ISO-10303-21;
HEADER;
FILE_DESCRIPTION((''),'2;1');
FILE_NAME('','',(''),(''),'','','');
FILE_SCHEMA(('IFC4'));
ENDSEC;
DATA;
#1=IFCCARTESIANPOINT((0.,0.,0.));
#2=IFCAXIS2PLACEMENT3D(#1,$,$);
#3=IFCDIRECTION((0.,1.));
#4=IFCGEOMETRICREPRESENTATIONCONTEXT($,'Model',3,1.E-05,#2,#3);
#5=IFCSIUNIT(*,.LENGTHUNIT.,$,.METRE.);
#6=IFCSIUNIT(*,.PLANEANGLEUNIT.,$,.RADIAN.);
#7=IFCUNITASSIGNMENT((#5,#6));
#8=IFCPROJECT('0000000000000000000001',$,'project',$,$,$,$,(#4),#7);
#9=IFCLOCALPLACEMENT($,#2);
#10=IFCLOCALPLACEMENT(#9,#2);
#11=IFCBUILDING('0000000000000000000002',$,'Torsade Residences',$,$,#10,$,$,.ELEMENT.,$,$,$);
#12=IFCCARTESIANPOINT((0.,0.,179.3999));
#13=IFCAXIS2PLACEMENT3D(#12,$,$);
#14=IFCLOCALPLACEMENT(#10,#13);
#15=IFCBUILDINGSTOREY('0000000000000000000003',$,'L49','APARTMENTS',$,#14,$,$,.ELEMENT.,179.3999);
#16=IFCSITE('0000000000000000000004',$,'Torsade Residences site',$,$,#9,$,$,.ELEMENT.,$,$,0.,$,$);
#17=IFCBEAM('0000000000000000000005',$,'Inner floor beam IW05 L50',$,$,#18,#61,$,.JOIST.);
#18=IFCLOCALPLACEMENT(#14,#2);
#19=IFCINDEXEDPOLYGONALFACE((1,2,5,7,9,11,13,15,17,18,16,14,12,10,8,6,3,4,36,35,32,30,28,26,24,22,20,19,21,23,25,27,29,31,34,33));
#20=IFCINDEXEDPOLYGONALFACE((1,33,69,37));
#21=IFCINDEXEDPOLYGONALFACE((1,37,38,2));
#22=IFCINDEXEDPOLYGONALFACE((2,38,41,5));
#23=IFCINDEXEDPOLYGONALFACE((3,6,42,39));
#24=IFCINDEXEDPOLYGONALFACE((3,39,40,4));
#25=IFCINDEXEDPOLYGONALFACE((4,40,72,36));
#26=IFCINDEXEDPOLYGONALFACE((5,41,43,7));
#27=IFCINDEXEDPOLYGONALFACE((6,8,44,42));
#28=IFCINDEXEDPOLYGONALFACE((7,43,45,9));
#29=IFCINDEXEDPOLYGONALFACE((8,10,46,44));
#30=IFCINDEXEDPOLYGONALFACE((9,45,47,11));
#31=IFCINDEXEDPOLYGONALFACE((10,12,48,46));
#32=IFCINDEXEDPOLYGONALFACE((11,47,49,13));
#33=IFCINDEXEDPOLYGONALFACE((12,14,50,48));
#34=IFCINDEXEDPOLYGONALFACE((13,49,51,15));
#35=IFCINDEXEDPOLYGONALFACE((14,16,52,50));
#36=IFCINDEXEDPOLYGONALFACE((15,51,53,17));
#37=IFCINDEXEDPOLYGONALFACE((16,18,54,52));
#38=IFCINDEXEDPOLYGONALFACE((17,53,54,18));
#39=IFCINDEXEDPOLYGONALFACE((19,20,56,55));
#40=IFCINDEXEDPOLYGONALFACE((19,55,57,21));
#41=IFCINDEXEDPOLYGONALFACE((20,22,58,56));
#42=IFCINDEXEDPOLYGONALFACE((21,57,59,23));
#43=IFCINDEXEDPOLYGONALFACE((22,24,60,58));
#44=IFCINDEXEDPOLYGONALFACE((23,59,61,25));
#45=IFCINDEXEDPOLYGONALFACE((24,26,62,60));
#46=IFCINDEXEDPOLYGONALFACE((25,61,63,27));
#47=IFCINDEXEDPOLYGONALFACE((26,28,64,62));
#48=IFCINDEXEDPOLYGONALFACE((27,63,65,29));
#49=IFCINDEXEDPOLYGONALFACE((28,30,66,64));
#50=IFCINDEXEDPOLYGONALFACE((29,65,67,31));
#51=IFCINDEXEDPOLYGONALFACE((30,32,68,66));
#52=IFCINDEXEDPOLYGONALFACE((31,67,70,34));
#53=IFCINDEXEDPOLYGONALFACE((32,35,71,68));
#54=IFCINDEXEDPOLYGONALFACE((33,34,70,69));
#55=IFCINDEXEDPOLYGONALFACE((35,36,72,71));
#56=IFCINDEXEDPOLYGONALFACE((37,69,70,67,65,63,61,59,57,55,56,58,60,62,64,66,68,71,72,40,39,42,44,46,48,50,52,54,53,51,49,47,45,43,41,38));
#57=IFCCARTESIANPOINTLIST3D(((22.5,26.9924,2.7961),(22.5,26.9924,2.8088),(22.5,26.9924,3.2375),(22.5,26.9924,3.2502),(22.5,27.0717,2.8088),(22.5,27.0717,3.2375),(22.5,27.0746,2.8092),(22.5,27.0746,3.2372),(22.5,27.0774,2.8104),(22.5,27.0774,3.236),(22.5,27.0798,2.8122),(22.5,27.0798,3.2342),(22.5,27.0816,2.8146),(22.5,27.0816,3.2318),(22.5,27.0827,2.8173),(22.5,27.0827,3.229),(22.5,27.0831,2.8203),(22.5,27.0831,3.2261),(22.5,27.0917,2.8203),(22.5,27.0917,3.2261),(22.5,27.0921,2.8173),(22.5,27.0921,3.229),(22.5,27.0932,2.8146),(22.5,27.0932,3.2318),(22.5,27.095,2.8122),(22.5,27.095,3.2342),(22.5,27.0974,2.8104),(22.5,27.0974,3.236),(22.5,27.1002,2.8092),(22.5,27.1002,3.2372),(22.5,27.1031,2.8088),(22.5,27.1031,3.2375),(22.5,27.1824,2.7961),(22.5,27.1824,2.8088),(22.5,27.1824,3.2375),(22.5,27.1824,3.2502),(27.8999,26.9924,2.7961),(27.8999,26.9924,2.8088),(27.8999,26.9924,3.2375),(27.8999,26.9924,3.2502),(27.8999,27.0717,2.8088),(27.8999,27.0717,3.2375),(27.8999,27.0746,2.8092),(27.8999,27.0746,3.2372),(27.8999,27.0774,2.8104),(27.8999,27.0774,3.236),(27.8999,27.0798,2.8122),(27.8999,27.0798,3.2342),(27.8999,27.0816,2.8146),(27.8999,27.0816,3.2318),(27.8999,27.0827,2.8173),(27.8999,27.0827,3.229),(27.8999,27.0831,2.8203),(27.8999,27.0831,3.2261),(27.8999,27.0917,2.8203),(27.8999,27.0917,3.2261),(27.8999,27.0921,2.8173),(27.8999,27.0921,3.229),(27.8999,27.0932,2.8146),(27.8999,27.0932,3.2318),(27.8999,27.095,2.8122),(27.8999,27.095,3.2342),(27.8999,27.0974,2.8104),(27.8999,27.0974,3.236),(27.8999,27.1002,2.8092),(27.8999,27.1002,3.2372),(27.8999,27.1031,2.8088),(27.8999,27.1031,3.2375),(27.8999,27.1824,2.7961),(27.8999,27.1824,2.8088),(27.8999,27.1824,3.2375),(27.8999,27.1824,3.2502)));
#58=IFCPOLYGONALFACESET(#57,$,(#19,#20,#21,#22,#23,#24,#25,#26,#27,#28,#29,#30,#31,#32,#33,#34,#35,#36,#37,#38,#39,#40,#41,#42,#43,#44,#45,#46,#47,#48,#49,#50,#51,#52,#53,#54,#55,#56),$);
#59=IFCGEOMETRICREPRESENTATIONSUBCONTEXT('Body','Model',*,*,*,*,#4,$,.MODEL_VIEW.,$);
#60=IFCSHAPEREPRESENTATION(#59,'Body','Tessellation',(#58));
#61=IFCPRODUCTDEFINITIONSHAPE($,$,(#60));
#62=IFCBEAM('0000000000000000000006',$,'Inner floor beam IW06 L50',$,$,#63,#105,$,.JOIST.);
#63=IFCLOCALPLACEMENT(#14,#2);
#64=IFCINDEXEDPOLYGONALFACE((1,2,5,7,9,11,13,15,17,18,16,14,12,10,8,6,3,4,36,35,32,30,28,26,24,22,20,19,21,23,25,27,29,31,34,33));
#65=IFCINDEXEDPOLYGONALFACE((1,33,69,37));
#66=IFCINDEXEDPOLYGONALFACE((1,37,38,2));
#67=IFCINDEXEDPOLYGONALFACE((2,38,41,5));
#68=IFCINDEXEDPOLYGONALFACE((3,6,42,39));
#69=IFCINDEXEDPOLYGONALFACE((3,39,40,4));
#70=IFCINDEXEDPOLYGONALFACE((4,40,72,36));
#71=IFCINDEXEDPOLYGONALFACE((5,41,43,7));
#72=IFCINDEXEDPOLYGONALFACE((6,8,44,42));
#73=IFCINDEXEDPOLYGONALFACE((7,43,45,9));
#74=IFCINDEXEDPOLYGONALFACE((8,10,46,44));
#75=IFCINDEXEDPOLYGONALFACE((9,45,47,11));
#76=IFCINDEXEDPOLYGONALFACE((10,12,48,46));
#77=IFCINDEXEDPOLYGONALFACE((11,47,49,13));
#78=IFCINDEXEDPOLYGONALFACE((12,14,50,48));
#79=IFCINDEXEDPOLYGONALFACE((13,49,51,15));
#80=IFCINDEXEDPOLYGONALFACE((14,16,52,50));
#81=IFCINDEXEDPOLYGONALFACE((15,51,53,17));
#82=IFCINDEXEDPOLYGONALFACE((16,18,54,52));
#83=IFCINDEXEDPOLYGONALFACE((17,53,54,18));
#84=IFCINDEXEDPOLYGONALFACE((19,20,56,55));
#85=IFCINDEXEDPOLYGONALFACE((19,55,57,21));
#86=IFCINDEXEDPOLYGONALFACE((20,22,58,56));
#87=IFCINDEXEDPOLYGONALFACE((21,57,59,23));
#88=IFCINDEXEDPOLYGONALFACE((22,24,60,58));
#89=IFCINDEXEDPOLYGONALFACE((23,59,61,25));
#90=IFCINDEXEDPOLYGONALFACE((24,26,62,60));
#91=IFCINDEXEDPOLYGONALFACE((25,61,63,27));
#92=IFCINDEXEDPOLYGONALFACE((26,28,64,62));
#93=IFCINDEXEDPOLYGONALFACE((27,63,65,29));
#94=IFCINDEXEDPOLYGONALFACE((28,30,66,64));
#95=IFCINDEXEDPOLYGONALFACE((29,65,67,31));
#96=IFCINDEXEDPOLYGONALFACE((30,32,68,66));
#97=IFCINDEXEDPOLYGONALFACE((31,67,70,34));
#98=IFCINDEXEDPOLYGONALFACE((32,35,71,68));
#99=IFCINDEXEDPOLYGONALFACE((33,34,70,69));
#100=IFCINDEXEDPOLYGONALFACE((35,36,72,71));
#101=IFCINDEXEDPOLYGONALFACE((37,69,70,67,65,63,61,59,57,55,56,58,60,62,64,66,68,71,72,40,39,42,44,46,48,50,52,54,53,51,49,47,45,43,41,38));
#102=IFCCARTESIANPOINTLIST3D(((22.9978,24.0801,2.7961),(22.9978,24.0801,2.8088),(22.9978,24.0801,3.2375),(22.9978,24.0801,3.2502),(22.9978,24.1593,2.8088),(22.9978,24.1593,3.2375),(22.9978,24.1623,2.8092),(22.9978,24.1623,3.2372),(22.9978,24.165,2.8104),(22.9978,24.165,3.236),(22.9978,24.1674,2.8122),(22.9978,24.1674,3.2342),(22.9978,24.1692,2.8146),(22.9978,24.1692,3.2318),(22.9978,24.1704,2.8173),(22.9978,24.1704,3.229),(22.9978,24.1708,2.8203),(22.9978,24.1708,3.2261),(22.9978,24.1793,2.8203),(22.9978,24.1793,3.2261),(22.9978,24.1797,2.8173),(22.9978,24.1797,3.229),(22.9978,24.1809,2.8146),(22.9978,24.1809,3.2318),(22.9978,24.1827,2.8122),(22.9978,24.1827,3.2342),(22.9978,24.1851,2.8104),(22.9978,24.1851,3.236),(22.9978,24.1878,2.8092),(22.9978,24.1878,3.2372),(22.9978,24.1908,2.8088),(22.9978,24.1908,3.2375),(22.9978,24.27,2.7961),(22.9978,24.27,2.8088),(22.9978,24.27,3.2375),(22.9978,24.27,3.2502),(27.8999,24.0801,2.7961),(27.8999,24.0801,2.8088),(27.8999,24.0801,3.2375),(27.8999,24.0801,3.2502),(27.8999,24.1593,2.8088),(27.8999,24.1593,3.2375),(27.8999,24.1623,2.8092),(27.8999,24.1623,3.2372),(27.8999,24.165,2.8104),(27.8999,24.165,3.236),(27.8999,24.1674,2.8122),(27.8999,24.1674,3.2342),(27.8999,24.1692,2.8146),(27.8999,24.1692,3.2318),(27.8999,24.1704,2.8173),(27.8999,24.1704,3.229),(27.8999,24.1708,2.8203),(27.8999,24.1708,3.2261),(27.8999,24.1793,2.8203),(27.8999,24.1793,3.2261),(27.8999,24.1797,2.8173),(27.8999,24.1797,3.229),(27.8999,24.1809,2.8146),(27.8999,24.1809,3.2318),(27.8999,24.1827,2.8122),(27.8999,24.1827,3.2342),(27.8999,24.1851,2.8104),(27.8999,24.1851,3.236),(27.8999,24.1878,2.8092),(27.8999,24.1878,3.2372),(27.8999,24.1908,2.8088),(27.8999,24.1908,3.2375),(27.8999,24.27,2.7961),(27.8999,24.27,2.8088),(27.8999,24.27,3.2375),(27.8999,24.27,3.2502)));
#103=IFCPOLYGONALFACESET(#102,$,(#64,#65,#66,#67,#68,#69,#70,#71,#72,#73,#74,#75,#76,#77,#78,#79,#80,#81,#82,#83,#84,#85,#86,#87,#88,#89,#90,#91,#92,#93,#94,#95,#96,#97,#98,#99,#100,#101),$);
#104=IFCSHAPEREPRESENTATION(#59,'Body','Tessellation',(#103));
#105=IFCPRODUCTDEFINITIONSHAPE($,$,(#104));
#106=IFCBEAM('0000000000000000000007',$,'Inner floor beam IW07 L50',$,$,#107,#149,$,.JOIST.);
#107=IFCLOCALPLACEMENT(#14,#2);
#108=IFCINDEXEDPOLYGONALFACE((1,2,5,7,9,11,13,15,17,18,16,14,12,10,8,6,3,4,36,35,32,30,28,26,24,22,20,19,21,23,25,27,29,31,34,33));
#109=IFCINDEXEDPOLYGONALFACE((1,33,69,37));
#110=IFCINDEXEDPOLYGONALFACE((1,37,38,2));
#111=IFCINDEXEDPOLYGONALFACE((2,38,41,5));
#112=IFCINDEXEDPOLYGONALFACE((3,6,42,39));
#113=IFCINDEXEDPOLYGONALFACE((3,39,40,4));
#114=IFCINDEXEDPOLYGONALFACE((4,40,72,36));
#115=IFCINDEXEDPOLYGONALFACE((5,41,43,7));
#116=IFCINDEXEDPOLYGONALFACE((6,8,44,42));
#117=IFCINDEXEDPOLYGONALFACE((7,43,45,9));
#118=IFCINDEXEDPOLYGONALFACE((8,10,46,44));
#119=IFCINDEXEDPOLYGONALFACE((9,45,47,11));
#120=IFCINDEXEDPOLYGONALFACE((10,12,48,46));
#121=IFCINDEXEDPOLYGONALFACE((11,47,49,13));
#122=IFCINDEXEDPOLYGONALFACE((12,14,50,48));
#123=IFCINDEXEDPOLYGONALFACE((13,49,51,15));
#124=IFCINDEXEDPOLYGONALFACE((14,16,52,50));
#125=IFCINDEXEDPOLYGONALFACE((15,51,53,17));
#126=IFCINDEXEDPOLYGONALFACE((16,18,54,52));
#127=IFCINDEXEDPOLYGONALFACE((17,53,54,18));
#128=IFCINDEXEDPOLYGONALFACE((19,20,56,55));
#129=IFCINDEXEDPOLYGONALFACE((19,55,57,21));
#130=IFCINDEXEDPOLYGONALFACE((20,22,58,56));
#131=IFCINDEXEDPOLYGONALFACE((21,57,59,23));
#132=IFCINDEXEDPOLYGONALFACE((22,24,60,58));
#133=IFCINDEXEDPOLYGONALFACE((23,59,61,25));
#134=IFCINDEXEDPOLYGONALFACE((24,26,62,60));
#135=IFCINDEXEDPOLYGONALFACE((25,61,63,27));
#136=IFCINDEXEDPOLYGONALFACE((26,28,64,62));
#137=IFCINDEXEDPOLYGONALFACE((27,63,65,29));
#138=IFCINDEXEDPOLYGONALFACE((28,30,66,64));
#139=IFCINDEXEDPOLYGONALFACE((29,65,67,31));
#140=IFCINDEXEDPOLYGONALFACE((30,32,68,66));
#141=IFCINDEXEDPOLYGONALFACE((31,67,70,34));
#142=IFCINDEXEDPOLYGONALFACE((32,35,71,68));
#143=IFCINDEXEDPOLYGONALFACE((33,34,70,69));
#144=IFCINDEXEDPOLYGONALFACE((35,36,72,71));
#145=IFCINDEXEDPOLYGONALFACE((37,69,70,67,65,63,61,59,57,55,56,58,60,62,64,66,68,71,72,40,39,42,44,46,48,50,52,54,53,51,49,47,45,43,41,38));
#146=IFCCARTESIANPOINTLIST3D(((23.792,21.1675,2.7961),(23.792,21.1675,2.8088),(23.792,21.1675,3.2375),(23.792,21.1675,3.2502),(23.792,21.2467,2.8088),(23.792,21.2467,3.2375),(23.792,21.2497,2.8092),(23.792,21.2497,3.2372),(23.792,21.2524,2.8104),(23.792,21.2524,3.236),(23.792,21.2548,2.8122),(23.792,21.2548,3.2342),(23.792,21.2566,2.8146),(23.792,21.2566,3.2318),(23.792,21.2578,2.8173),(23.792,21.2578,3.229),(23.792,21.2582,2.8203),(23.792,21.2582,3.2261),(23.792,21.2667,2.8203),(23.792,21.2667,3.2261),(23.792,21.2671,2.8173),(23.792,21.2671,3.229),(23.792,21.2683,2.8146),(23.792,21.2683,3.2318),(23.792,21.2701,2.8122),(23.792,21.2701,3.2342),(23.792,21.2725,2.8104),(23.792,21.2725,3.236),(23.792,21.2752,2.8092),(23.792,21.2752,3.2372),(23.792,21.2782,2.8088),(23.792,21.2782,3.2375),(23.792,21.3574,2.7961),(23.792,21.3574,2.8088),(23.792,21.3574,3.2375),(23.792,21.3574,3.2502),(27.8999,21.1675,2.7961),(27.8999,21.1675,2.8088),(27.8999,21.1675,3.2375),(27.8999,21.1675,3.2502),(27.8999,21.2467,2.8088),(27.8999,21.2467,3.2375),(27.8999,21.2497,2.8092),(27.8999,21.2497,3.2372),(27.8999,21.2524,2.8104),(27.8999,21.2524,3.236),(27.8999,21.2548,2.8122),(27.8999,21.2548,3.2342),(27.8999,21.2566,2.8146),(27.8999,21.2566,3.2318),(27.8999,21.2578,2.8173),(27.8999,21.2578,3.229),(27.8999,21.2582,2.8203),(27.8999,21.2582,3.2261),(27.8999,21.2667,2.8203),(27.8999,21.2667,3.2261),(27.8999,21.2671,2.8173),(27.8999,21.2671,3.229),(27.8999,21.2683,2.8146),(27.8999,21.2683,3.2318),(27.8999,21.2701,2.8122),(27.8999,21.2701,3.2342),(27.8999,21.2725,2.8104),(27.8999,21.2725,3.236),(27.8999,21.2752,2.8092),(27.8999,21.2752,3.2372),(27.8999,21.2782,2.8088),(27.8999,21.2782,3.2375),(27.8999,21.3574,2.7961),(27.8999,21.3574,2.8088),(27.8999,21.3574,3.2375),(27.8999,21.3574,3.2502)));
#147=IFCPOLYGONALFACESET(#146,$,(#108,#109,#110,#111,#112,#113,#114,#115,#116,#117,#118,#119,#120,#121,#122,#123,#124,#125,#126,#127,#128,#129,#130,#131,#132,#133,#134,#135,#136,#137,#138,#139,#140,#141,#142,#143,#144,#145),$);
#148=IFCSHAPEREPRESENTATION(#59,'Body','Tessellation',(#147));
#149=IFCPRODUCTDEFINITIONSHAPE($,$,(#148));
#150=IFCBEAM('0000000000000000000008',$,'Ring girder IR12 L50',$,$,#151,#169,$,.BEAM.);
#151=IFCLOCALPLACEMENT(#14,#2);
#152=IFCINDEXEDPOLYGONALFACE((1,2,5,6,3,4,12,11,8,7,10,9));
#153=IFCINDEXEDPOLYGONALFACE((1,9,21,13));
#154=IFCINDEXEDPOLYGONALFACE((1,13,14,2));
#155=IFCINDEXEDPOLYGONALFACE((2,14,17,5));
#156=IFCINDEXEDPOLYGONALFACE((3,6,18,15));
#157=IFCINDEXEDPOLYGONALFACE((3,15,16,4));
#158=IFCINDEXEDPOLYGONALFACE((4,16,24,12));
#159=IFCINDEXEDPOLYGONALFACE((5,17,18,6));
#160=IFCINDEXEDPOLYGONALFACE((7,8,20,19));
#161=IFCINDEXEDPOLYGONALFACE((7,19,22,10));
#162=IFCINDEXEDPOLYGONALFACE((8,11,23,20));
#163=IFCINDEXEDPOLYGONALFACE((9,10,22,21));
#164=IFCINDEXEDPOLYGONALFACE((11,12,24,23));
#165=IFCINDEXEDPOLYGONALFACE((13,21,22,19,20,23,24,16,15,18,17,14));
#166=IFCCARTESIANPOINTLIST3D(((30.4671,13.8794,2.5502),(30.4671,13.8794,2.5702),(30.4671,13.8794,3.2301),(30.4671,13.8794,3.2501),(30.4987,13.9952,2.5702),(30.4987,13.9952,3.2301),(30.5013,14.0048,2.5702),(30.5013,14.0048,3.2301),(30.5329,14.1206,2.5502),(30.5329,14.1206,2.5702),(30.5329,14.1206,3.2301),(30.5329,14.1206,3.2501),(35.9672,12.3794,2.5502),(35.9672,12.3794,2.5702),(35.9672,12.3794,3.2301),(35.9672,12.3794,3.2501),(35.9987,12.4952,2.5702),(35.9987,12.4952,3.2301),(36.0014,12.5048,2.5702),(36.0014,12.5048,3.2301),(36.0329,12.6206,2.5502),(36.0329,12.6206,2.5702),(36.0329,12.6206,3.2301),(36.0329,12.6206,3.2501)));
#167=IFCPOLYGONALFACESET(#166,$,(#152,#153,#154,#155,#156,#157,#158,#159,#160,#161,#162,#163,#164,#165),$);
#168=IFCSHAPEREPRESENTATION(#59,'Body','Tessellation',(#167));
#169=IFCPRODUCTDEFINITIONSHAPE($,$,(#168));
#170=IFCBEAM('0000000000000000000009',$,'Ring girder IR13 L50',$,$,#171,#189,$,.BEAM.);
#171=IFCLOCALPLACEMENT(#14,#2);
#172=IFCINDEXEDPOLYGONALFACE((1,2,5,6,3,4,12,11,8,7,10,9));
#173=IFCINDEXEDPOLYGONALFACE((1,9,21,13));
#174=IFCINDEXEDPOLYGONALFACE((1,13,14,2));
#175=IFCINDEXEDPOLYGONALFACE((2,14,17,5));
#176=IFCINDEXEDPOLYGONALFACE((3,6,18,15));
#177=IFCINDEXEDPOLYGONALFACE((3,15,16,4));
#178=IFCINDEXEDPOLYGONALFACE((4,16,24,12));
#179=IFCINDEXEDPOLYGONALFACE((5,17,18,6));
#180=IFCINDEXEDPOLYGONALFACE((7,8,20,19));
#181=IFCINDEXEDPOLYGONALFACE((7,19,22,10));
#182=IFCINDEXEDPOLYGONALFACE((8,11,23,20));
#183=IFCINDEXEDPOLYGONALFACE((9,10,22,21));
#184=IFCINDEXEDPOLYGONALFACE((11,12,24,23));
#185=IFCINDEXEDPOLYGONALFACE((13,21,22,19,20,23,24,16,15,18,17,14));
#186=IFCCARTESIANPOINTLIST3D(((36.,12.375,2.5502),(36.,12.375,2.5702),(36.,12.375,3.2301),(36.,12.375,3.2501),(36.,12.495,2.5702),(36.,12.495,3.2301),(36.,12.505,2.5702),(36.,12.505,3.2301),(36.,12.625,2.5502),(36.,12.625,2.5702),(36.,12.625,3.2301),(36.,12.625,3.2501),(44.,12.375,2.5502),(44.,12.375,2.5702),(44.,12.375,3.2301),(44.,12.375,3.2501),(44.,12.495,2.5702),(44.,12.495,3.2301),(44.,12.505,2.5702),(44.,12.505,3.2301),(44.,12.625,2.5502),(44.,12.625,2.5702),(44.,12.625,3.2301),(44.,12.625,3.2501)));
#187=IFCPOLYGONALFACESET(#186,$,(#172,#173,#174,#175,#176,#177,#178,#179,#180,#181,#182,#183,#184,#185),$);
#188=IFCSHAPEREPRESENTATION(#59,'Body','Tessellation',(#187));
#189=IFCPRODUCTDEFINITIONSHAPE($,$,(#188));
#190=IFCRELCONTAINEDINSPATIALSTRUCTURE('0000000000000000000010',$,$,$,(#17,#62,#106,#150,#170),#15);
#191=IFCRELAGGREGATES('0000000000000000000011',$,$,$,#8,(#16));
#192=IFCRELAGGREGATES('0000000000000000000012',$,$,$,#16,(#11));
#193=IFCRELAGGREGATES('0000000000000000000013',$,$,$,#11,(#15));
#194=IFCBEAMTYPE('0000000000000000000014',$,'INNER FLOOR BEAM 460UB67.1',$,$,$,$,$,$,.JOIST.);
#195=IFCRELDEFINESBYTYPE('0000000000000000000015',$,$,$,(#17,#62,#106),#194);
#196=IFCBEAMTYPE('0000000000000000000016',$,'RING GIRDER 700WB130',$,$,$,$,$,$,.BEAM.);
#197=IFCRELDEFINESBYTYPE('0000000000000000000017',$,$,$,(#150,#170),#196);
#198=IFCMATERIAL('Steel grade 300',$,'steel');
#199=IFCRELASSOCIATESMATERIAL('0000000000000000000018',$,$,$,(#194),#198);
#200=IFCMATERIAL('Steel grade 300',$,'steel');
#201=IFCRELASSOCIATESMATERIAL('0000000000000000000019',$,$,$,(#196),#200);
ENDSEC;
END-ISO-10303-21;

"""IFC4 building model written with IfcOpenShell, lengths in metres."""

from ifc_helpers import new_model, si_unit, direction, frame, origin, origin_2d, place, context, subcontext, project, spatial, i_section, extrude, material, material_profile, profile_set, type_object, element, save


model = new_model("IFC4")

# Units and contexts
model_context = context("Model", 3, precision=1e-05, world=origin(), true_north=direction((0.0, 1.0)))
body_context = subcontext(model_context, "Body", "Model", "MODEL_VIEW")
ifc_project = project(units=[si_unit("LENGTHUNIT", "METRE"), si_unit("PLANEANGLEUNIT", "RADIAN")], contexts=[model_context])

# Site, building, storey
site_placement = place(None, origin())
site = spatial("IfcSite", under=ifc_project, at=site_placement, Name="Torsade Residences site", CompositionType="ELEMENT", RefElevation=0.0)
building_placement = place(site_placement, origin())
building = spatial("IfcBuilding", under=site, at=building_placement, Name="Torsade Residences", CompositionType="ELEMENT")
storey_placement = place(building_placement, frame((0.0, 0.0, 179.3999)))
storey = spatial("IfcBuildingStorey", under=building, at=storey_placement, Name="L49", Description="APARTMENTS", CompositionType="ELEMENT", Elevation=179.3999)

# Beams
ifc_material_1 = material(Name="Steel grade 300", Category="steel")
ifc_material_profile_1 = material_profile(ifc_material_1, i_section(OverallWidth=0.1899, OverallDepth=0.4541, WebThickness=0.0085, FlangeThickness=0.0127, FilletRadius=0.0115, at=origin_2d()), Name="460UB67.1")
ifc_profile_set_1 = profile_set([ifc_material_profile_1], Name="Steel grade 300")
beam_type_1 = type_object("IfcBeamType", Name="INNER FLOOR BEAM 460UB67.1", PredefinedType="JOIST", material=ifc_profile_set_1)
beam_1_placement = place(storey_placement, frame((27.8999, 27.0874, 3.0232), z_axis=(-1.0, 0.0, 0.0), x_axis=(0.0, -1.0, 0.0)))
element("IfcBeam", 1, at=beam_1_placement, inside=storey, type_object=beam_type_1, Name="Inner floor beam IW05 L50", PredefinedType="JOIST", context=body_context, shape_type="SweptSolid", body=[
    extrude(i_section(OverallWidth=0.1899, OverallDepth=0.4541, WebThickness=0.0085, FlangeThickness=0.0127, FilletRadius=0.0115, at=origin_2d()), origin(), (0.0, 0.0, 1.0), 5.3999),
])
beam_2_placement = place(storey_placement, frame((27.8999, 24.175, 3.0232), z_axis=(-1.0, 0.0, 0.0), x_axis=(0.0, -1.0, 0.0)))
element("IfcBeam", 2, at=beam_2_placement, inside=storey, type_object=beam_type_1, Name="Inner floor beam IW06 L50", PredefinedType="JOIST", context=body_context, shape_type="SweptSolid", body=[
    extrude(i_section(OverallWidth=0.1899, OverallDepth=0.4541, WebThickness=0.0085, FlangeThickness=0.0127, FilletRadius=0.0115, at=origin_2d()), origin(), (0.0, 0.0, 1.0), 4.9021),
])
beam_3_placement = place(storey_placement, frame((27.8999, 21.2625, 3.0232), z_axis=(-1.0, 0.0, 0.0), x_axis=(0.0, -1.0, 0.0)))
element("IfcBeam", 3, at=beam_3_placement, inside=storey, type_object=beam_type_1, Name="Inner floor beam IW07 L50", PredefinedType="JOIST", context=body_context, shape_type="SweptSolid", body=[
    extrude(i_section(OverallWidth=0.1899, OverallDepth=0.4541, WebThickness=0.0085, FlangeThickness=0.0127, FilletRadius=0.0115, at=origin_2d()), origin(), (0.0, 0.0, 1.0), 4.1079),
])
ifc_material_2 = material(Name="Steel grade 300", Category="steel")
ifc_material_profile_2 = material_profile(ifc_material_2, i_section(OverallWidth=0.25, OverallDepth=0.7, WebThickness=0.01, FlangeThickness=0.02, at=origin_2d()), Name="700WB130")
ifc_profile_set_2 = profile_set([ifc_material_profile_2], Name="Steel grade 300")
beam_type_2 = type_object("IfcBeamType", Name="RING GIRDER 700WB130", PredefinedType="BEAM", material=ifc_profile_set_2)
beam_4_placement = place(storey_placement, frame((30.5, 14.0, 2.9001), z_axis=(0.964764, -0.263117, 0.0), x_axis=(0.263117, 0.964764, 0.0)))
element("IfcBeam", 4, at=beam_4_placement, inside=storey, type_object=beam_type_2, Name="Ring girder IR12 L50", PredefinedType="BEAM", context=body_context, shape_type="SweptSolid", body=[
    extrude(i_section(OverallWidth=0.25, OverallDepth=0.7, WebThickness=0.01, FlangeThickness=0.02, at=origin_2d()), origin(), (0.0, 0.0, 1.0), 5.7009),
])
beam_5_placement = place(storey_placement, frame((36.0, 12.5, 2.9001), z_axis=(1.0, 0.0, 0.0), x_axis=(0.0, 1.0, 0.0)))
element("IfcBeam", 5, at=beam_5_placement, inside=storey, type_object=beam_type_2, Name="Ring girder IR13 L50", PredefinedType="BEAM", context=body_context, shape_type="SweptSolid", body=[
    extrude(i_section(OverallWidth=0.25, OverallDepth=0.7, WebThickness=0.01, FlangeThickness=0.02, at=origin_2d()), origin(), (0.0, 0.0, 1.0), 8.0),
])

save(model, "model.ifc")
